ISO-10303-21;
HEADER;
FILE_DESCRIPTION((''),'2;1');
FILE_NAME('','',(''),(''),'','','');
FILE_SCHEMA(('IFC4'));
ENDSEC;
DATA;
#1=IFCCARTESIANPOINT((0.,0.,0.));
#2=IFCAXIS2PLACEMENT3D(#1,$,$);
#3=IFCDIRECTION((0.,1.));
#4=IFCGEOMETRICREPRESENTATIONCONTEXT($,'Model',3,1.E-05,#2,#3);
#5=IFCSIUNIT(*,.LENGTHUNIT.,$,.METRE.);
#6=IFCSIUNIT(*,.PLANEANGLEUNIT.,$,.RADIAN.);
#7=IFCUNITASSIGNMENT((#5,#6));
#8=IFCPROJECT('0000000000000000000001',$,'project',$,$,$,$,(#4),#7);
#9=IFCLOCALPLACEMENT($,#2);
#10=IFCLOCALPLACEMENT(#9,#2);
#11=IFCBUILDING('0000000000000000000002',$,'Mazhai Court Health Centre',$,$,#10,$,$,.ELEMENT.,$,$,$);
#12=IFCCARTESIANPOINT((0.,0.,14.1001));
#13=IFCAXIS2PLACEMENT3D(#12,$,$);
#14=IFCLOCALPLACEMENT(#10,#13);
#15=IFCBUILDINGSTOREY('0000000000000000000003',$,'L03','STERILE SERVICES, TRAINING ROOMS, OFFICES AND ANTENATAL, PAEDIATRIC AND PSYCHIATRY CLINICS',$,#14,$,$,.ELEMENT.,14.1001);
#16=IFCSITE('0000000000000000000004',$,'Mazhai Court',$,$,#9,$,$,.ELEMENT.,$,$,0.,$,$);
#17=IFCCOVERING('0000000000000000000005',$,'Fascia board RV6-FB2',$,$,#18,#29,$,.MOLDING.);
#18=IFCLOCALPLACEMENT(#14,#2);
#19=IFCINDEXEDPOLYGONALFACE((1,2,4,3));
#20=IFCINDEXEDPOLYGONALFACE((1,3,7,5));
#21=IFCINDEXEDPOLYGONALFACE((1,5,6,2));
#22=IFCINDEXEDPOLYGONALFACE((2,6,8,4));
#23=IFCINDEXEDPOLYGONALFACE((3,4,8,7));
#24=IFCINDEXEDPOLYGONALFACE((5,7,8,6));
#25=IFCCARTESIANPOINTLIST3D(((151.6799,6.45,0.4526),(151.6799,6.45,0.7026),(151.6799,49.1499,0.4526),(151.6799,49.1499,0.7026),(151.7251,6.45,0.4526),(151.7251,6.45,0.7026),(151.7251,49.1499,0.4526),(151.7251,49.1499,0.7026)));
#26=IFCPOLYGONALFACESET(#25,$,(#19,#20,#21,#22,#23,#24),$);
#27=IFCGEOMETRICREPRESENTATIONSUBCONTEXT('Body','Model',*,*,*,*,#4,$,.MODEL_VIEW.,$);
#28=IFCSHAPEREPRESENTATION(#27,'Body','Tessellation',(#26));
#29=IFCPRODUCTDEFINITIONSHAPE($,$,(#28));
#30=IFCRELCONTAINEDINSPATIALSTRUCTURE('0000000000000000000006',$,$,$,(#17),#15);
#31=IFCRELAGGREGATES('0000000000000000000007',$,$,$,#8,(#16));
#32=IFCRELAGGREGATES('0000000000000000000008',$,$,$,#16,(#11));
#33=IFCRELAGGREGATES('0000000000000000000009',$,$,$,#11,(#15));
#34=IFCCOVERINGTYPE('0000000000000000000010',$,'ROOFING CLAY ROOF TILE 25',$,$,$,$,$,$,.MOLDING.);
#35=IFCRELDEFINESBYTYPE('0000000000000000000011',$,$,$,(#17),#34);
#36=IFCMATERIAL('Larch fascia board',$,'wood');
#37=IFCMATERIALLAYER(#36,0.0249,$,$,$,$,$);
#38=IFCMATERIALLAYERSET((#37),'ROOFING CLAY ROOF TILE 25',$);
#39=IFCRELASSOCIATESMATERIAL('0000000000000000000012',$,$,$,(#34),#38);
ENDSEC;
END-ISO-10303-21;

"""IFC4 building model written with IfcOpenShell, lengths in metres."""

from ifc_helpers import new_model, si_unit, direction, frame, origin, place, context, subcontext, project, spatial, polyline, outline, extrude, material, layer, layer_set, type_object, element, save


model = new_model("IFC4")

# Units and contexts
model_context = context("Model", 3, precision=1e-05, world=origin(), true_north=direction((0.0, 1.0)))
body_context = subcontext(model_context, "Body", "Model", "MODEL_VIEW")
ifc_project = project(units=[si_unit("LENGTHUNIT", "METRE"), si_unit("PLANEANGLEUNIT", "RADIAN")], contexts=[model_context])

# Site, building, storey
site_placement = place(None, origin())
site = spatial("IfcSite", under=ifc_project, at=site_placement, Name="Mazhai Court", CompositionType="ELEMENT", RefElevation=0.0)
building_placement = place(site_placement, origin())
building = spatial("IfcBuilding", under=site, at=building_placement, Name="Mazhai Court Health Centre", CompositionType="ELEMENT")
storey_placement = place(building_placement, frame((0.0, 0.0, 14.1001)))
storey = spatial("IfcBuildingStorey", under=building, at=storey_placement, Name="L03", Description="STERILE SERVICES, TRAINING ROOMS, OFFICES AND ANTENATAL, PAEDIATRIC AND PSYCHIATRY CLINICS", CompositionType="ELEMENT", Elevation=14.1001)

# Covering
ifc_material_1 = material(Name="Larch fascia board", Category="wood")
ifc_layer_1 = layer(ifc_material_1, 0.0249)
ifc_layer_set_1 = layer_set([ifc_layer_1], Name="ROOFING CLAY ROOF TILE 25")
covering_type_1 = type_object("IfcCoveringType", Name="ROOFING CLAY ROOF TILE 25", PredefinedType="MOLDING", material=ifc_layer_set_1)
covering_1_placement = place(storey_placement, frame((0.0, 0.0, 0.4526)))
element("IfcCovering", 1, at=covering_1_placement, inside=storey, type_object=covering_type_1, Name="Fascia board RV6-FB2", PredefinedType="MOLDING", context=body_context, shape_type="SweptSolid", body=[
    extrude(outline(polyline([(151.6799, 49.1499), (151.6799, 6.45), (151.7251, 6.45), (151.7251, 49.1499), (151.6799, 49.1499)])), origin(), (0.0, 0.0, 1.0), 0.25),
])

save(model, "model.ifc")
